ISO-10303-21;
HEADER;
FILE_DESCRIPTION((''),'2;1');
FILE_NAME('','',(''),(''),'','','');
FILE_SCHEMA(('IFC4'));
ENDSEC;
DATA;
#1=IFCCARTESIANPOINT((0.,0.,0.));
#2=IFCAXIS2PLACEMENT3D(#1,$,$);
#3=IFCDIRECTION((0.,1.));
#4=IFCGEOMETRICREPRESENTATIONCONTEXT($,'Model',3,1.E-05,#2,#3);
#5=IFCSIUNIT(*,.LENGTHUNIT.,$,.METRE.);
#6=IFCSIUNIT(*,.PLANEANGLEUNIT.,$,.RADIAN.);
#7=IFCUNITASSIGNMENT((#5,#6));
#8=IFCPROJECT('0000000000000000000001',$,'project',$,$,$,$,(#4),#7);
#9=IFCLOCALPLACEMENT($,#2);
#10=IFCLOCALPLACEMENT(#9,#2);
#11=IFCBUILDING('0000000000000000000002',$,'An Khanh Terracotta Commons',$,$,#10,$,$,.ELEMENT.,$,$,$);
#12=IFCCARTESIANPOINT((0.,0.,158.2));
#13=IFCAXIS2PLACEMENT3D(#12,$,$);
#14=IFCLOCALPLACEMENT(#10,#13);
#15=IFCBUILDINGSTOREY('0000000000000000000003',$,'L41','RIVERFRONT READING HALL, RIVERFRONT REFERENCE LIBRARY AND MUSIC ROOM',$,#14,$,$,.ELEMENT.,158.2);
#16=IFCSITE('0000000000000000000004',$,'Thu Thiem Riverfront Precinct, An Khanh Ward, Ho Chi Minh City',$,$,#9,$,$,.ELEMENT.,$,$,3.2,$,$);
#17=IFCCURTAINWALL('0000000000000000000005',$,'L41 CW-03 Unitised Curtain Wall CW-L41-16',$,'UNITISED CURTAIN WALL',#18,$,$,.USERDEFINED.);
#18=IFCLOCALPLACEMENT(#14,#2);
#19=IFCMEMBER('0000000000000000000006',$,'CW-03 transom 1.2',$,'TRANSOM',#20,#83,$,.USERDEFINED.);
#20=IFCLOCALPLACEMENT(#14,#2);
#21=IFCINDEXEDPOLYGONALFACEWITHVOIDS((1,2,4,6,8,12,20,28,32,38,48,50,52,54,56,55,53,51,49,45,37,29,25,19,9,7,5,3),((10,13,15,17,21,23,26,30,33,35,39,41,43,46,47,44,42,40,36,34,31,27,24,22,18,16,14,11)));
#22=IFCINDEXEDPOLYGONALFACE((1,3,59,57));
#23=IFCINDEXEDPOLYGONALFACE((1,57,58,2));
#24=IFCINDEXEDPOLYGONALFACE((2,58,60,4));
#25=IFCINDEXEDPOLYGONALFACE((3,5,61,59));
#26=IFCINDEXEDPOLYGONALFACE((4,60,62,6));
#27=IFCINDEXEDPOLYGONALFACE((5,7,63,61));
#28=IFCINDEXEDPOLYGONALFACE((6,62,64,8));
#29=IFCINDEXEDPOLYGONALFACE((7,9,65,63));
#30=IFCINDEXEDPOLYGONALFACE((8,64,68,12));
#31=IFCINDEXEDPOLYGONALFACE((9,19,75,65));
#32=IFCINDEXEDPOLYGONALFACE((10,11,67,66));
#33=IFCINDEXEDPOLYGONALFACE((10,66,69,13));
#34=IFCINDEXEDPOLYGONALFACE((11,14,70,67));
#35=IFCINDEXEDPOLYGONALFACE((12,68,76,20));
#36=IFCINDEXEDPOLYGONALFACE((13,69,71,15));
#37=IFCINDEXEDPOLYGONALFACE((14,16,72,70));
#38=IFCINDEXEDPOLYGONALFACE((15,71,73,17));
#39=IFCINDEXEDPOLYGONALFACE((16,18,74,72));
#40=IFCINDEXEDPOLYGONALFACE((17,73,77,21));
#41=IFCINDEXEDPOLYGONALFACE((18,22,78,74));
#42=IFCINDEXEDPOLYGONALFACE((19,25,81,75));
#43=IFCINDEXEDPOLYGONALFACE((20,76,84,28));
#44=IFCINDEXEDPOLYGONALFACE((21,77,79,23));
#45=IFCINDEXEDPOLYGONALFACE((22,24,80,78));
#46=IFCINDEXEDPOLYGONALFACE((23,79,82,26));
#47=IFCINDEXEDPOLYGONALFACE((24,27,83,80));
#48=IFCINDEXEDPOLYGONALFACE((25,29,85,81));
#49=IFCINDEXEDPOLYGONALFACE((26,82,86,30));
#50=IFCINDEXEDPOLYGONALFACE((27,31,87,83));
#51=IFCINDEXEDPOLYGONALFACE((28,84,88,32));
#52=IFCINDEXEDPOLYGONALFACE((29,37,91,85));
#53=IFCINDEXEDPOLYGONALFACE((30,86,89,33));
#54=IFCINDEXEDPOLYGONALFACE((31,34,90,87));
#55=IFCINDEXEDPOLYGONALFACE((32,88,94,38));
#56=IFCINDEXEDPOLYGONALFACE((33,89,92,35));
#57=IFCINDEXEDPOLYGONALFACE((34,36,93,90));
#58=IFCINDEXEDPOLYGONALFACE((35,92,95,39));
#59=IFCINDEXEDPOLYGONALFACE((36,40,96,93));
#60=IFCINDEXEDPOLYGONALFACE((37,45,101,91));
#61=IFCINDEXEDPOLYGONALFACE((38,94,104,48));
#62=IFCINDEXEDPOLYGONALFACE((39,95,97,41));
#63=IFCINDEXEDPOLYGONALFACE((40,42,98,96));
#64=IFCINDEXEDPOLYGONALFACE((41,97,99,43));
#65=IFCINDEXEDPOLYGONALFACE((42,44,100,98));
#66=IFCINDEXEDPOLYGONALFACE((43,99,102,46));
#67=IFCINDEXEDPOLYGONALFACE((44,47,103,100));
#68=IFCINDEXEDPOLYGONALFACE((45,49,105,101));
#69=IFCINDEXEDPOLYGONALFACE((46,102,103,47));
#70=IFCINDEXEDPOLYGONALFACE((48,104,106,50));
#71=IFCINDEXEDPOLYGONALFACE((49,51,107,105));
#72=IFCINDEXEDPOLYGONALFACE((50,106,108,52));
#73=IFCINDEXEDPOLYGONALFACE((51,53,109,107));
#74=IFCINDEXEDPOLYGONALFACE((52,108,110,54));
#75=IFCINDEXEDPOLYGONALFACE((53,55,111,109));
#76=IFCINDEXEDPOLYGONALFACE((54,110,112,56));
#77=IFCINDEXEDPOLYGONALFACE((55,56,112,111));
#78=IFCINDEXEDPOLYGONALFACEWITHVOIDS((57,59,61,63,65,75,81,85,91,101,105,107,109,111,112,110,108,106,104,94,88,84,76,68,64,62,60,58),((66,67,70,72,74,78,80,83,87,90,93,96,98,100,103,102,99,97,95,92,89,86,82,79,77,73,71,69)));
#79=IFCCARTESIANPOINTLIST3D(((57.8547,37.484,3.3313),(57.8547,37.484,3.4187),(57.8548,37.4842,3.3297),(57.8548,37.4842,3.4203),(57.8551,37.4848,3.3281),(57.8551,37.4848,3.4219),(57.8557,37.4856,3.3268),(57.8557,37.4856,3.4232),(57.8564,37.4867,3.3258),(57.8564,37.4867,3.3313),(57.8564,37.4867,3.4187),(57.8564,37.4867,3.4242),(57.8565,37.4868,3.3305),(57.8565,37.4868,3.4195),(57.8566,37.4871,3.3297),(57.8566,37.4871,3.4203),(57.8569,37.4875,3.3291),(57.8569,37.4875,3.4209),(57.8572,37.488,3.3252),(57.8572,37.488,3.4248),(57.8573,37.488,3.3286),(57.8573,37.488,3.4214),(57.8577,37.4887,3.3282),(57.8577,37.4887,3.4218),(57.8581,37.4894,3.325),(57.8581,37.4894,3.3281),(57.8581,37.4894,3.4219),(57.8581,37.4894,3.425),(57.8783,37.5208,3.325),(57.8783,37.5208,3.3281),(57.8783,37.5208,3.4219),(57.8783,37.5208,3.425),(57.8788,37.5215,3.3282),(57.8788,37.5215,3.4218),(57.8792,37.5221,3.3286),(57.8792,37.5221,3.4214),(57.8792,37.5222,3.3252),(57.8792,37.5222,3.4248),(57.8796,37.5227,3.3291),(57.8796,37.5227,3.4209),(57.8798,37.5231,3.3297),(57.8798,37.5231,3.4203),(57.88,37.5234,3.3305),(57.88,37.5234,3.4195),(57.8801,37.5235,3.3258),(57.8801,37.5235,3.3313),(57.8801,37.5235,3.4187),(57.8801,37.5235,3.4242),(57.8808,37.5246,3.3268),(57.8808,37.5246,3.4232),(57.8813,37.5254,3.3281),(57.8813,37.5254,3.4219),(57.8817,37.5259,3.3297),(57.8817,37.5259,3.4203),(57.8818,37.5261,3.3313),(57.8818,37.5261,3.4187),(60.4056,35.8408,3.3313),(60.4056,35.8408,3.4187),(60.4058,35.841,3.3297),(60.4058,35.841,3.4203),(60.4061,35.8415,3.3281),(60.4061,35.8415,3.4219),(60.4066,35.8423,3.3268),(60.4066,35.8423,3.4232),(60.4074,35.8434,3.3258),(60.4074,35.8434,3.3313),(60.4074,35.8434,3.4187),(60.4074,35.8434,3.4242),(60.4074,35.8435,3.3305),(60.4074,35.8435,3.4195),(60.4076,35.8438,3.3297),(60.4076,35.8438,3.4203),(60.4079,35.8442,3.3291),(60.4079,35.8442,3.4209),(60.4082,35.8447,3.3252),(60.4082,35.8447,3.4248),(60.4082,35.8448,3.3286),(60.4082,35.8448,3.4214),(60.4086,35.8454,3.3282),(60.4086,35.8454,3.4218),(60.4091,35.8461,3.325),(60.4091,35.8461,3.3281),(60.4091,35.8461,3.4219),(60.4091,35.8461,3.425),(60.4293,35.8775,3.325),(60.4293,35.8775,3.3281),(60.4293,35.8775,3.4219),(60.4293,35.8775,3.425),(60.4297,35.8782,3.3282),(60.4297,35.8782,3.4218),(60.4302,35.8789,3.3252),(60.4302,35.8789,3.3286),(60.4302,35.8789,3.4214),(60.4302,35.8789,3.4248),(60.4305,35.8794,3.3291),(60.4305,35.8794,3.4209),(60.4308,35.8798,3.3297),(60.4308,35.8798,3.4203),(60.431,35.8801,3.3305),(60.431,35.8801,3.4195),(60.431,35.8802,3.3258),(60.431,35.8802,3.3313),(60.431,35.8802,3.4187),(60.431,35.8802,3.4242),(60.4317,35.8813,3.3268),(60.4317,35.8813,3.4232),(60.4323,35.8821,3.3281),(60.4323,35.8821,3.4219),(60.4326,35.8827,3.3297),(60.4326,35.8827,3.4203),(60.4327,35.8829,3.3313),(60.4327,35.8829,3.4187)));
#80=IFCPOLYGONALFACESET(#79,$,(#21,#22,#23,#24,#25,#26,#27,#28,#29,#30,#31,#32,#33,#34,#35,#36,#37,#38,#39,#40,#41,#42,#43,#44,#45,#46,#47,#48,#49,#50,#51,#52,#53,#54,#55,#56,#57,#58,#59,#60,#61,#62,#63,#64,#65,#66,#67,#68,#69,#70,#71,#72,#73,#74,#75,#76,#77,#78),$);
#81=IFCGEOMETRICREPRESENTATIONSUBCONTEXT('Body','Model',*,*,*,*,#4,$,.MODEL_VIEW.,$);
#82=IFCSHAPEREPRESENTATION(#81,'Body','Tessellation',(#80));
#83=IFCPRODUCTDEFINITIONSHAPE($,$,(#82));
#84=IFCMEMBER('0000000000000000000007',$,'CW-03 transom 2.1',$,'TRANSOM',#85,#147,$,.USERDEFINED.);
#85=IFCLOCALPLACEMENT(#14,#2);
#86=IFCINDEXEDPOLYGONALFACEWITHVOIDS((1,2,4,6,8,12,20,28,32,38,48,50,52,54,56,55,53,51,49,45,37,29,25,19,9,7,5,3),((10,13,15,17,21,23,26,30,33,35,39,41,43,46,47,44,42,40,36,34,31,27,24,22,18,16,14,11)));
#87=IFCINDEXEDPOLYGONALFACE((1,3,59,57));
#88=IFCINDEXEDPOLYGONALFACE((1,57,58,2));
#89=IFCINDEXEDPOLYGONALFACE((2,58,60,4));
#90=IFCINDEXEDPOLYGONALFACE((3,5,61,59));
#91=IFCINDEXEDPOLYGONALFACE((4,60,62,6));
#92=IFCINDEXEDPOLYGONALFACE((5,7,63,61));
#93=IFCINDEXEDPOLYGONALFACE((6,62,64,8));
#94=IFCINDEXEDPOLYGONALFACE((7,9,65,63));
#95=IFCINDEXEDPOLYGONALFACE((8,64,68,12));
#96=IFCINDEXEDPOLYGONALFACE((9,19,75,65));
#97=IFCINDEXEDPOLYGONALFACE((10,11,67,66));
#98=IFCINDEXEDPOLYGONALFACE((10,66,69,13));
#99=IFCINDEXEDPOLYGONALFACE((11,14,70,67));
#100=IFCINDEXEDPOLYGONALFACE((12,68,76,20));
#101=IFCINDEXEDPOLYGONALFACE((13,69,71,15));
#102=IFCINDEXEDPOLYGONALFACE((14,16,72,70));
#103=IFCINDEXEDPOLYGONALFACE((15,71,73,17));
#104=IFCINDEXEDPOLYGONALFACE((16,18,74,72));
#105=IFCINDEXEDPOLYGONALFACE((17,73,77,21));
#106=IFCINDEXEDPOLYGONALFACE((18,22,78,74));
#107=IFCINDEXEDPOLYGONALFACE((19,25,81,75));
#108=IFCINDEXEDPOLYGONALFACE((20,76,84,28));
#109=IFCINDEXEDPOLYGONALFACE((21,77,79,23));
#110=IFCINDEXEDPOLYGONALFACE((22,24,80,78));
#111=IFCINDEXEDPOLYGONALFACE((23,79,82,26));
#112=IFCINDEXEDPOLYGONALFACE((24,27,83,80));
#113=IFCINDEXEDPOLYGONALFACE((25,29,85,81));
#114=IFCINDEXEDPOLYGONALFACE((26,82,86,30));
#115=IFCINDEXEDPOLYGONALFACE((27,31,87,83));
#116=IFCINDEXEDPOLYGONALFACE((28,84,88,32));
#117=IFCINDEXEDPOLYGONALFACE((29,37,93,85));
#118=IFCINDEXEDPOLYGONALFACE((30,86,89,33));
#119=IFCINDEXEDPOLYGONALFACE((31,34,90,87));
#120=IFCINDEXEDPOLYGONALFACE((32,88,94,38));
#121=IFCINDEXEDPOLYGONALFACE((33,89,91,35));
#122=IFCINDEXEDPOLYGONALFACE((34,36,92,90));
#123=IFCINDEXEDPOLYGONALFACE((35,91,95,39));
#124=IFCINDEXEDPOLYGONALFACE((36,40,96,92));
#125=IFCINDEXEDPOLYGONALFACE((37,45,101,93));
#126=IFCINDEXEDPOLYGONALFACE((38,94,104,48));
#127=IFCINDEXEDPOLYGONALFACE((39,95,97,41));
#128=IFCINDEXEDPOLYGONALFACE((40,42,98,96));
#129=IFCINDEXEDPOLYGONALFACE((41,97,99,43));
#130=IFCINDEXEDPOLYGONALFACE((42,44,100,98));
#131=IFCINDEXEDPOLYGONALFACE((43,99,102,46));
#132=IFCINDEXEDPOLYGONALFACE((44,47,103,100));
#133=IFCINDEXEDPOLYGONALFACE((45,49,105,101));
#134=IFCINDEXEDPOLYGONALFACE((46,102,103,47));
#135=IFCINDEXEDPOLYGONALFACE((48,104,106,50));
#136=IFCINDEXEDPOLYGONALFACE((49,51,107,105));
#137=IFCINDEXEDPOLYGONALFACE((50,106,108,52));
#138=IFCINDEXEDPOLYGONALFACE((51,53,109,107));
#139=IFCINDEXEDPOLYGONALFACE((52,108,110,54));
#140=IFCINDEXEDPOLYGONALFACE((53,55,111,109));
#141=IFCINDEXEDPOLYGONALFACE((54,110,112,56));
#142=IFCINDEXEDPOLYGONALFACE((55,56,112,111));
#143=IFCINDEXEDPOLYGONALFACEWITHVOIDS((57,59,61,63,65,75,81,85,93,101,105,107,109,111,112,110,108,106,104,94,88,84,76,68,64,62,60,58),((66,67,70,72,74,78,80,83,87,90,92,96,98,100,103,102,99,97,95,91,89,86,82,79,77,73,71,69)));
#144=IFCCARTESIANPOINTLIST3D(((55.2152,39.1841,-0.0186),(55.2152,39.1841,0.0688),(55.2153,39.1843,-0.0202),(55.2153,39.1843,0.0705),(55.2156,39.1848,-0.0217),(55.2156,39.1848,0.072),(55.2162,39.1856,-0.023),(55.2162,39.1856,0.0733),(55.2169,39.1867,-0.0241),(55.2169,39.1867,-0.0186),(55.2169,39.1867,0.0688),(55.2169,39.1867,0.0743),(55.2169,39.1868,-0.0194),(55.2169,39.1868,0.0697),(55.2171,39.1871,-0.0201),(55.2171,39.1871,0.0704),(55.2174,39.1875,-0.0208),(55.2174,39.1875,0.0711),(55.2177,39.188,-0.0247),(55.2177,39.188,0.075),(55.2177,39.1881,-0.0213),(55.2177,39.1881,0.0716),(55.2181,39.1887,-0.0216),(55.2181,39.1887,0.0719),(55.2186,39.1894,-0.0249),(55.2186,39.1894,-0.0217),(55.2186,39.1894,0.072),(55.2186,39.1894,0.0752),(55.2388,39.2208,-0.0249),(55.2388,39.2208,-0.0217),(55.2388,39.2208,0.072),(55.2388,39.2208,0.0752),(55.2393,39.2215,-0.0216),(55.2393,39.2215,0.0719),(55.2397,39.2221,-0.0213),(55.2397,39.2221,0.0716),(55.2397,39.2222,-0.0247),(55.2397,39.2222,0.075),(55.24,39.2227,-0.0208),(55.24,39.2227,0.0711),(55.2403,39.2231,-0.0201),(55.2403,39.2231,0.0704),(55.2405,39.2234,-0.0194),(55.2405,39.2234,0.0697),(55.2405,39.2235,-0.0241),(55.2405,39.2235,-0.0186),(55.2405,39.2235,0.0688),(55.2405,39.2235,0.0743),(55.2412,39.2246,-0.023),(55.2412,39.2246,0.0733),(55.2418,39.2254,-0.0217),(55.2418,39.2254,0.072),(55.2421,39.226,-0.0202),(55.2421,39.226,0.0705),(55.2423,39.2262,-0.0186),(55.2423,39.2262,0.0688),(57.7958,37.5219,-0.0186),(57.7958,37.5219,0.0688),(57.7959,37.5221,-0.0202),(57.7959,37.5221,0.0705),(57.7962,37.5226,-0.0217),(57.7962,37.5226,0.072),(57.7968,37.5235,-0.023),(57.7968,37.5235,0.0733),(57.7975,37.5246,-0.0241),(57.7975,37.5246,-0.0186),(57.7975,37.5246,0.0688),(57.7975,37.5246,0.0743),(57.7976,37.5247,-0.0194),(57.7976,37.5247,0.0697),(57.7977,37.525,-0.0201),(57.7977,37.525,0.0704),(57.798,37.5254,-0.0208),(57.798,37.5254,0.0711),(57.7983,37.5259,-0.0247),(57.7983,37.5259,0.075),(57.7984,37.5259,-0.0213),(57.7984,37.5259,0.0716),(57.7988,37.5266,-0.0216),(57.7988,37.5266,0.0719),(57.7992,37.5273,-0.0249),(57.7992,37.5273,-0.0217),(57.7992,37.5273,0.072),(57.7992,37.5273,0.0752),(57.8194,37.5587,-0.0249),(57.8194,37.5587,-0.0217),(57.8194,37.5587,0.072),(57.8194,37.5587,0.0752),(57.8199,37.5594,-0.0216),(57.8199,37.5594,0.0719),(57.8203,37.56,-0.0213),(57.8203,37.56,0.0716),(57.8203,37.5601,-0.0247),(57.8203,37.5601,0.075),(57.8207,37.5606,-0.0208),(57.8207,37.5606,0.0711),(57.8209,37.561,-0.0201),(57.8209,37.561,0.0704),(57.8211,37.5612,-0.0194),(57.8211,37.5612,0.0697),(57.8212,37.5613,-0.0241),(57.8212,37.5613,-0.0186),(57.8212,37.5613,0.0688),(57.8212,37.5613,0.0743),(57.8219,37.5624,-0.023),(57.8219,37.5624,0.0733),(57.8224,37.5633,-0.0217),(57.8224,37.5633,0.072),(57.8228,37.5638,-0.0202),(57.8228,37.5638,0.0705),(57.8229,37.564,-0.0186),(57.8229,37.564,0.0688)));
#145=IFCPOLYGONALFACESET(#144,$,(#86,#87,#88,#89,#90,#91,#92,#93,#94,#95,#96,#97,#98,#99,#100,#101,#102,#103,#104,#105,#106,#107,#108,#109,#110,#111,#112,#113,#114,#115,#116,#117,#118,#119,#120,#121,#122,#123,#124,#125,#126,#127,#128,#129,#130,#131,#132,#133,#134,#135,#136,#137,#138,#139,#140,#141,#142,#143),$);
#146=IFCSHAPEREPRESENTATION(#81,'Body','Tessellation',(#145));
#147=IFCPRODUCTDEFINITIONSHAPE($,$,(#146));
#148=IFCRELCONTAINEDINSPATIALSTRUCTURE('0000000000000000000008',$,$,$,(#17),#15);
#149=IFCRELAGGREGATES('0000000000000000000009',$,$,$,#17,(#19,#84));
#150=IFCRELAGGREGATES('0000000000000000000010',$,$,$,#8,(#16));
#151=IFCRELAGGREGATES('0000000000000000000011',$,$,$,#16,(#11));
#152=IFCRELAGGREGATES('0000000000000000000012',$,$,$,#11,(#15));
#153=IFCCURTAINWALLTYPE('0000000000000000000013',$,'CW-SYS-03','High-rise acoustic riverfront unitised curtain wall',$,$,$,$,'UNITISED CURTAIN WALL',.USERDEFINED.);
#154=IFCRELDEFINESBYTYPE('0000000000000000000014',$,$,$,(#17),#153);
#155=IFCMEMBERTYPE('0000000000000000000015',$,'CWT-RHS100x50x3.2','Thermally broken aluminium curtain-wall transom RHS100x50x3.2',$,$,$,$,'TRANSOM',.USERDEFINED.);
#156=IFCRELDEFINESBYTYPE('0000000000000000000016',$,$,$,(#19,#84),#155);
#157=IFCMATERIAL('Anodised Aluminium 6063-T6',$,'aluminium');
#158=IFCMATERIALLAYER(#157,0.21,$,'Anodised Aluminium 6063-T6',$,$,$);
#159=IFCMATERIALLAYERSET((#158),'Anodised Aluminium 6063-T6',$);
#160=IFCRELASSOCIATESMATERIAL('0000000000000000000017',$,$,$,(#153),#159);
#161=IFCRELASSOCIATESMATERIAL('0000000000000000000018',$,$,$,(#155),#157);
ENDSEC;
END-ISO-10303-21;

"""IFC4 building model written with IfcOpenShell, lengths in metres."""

from ifc_helpers import new_model, si_unit, direction, frame, origin, origin_2d, place, context, subcontext, project, spatial, hollow_rectangle, extrude, material, layer, layer_set, material_profile, profile_set, type_object, element, aggregate, save


model = new_model("IFC4")

# Units and contexts
model_context = context("Model", 3, precision=1e-05, world=origin(), true_north=direction((0.0, 1.0)))
body_context = subcontext(model_context, "Body", "Model", "MODEL_VIEW")
ifc_project = project(units=[si_unit("LENGTHUNIT", "METRE"), si_unit("PLANEANGLEUNIT", "RADIAN")], contexts=[model_context])

# Site, building, storey
site_placement = place(None, origin())
site = spatial("IfcSite", under=ifc_project, at=site_placement, Name="Thu Thiem Riverfront Precinct, An Khanh Ward, Ho Chi Minh City", CompositionType="ELEMENT", RefElevation=3.2)
building_placement = place(site_placement, origin())
building = spatial("IfcBuilding", under=site, at=building_placement, Name="An Khanh Terracotta Commons", CompositionType="ELEMENT")
storey_placement = place(building_placement, frame((0.0, 0.0, 158.2)))
storey = spatial("IfcBuildingStorey", under=building, at=storey_placement, Name="L41", Description="RIVERFRONT READING HALL, RIVERFRONT REFERENCE LIBRARY AND MUSIC ROOM", CompositionType="ELEMENT", Elevation=158.2)

# Curtain wall
ifc_material_1 = material(Name="Anodised Aluminium 6063-T6", Category="aluminium")
ifc_layer_1 = layer(ifc_material_1, 0.21, Name="Anodised Aluminium 6063-T6")
ifc_layer_set_1 = layer_set([ifc_layer_1], Name="Anodised Aluminium 6063-T6")
curtain_wall_type = type_object("IfcCurtainWallType", Name="CW-SYS-03", Description="High-rise acoustic riverfront unitised curtain wall", ElementType="UNITISED CURTAIN WALL", PredefinedType="USERDEFINED", material=ifc_layer_set_1)
curtain_wall_1_placement = place(storey_placement, origin())
curtain_wall_1 = element("IfcCurtainWall", 1, at=curtain_wall_1_placement, inside=storey, type_object=curtain_wall_type, Name="L41 CW-03 Unitised Curtain Wall CW-L41-16", ObjectType="UNITISED CURTAIN WALL", PredefinedType="USERDEFINED")

# Members
ifc_material_profile_1 = material_profile(ifc_material_1, hollow_rectangle(XDim=0.05, YDim=0.1001, WallThickness=0.0032, InnerFilletRadius=0.0032, OuterFilletRadius=0.0063, at=origin_2d()), Name="RHS100x50x3.2")
ifc_profile_set_1 = profile_set([ifc_material_profile_1], Name="Anodised Aluminium 6063-T6")
member_type_1 = type_object("IfcMemberType", Name="CWT-RHS100x50x3.2", Description="Thermally broken aluminium curtain-wall transom RHS100x50x3.2", ElementType="TRANSOM", PredefinedType="USERDEFINED", material=ifc_profile_set_1)
member_1_placement = place(storey_placement, frame((60.4192, 35.8618, 3.375), z_axis=(-0.840674, 0.541542, 0.0), x_axis=(-0.541542, -0.840674, 0.0)))
member_1 = element("IfcMember", 2, at=member_1_placement, type_object=member_type_1, Name="CW-03 transom 1.2", ObjectType="TRANSOM", PredefinedType="USERDEFINED", context=body_context, shape_type="SweptSolid", body=[
    extrude(hollow_rectangle(XDim=0.05, YDim=0.1001, WallThickness=0.0032, InnerFilletRadius=0.0032, OuterFilletRadius=0.0063, at=origin_2d()), origin(), (0.0, 0.0, 1.0), 3.0344),
])
member_2_placement = place(storey_placement, frame((57.8093, 37.543, 0.0251), z_axis=(-0.840708, 0.541489, 0.0), x_axis=(-0.541489, -0.840708, 0.0)))
member_2 = element("IfcMember", 3, at=member_2_placement, type_object=member_type_1, Name="CW-03 transom 2.1", ObjectType="TRANSOM", PredefinedType="USERDEFINED", context=body_context, shape_type="SweptSolid", body=[
    extrude(hollow_rectangle(XDim=0.05, YDim=0.1001, WallThickness=0.0032, InnerFilletRadius=0.0032, OuterFilletRadius=0.0063, at=origin_2d()), origin(), (0.0, 0.0, 1.0), 3.0696),
])

aggregate(curtain_wall_1, [member_1, member_2])

save(model, "model.ifc")
